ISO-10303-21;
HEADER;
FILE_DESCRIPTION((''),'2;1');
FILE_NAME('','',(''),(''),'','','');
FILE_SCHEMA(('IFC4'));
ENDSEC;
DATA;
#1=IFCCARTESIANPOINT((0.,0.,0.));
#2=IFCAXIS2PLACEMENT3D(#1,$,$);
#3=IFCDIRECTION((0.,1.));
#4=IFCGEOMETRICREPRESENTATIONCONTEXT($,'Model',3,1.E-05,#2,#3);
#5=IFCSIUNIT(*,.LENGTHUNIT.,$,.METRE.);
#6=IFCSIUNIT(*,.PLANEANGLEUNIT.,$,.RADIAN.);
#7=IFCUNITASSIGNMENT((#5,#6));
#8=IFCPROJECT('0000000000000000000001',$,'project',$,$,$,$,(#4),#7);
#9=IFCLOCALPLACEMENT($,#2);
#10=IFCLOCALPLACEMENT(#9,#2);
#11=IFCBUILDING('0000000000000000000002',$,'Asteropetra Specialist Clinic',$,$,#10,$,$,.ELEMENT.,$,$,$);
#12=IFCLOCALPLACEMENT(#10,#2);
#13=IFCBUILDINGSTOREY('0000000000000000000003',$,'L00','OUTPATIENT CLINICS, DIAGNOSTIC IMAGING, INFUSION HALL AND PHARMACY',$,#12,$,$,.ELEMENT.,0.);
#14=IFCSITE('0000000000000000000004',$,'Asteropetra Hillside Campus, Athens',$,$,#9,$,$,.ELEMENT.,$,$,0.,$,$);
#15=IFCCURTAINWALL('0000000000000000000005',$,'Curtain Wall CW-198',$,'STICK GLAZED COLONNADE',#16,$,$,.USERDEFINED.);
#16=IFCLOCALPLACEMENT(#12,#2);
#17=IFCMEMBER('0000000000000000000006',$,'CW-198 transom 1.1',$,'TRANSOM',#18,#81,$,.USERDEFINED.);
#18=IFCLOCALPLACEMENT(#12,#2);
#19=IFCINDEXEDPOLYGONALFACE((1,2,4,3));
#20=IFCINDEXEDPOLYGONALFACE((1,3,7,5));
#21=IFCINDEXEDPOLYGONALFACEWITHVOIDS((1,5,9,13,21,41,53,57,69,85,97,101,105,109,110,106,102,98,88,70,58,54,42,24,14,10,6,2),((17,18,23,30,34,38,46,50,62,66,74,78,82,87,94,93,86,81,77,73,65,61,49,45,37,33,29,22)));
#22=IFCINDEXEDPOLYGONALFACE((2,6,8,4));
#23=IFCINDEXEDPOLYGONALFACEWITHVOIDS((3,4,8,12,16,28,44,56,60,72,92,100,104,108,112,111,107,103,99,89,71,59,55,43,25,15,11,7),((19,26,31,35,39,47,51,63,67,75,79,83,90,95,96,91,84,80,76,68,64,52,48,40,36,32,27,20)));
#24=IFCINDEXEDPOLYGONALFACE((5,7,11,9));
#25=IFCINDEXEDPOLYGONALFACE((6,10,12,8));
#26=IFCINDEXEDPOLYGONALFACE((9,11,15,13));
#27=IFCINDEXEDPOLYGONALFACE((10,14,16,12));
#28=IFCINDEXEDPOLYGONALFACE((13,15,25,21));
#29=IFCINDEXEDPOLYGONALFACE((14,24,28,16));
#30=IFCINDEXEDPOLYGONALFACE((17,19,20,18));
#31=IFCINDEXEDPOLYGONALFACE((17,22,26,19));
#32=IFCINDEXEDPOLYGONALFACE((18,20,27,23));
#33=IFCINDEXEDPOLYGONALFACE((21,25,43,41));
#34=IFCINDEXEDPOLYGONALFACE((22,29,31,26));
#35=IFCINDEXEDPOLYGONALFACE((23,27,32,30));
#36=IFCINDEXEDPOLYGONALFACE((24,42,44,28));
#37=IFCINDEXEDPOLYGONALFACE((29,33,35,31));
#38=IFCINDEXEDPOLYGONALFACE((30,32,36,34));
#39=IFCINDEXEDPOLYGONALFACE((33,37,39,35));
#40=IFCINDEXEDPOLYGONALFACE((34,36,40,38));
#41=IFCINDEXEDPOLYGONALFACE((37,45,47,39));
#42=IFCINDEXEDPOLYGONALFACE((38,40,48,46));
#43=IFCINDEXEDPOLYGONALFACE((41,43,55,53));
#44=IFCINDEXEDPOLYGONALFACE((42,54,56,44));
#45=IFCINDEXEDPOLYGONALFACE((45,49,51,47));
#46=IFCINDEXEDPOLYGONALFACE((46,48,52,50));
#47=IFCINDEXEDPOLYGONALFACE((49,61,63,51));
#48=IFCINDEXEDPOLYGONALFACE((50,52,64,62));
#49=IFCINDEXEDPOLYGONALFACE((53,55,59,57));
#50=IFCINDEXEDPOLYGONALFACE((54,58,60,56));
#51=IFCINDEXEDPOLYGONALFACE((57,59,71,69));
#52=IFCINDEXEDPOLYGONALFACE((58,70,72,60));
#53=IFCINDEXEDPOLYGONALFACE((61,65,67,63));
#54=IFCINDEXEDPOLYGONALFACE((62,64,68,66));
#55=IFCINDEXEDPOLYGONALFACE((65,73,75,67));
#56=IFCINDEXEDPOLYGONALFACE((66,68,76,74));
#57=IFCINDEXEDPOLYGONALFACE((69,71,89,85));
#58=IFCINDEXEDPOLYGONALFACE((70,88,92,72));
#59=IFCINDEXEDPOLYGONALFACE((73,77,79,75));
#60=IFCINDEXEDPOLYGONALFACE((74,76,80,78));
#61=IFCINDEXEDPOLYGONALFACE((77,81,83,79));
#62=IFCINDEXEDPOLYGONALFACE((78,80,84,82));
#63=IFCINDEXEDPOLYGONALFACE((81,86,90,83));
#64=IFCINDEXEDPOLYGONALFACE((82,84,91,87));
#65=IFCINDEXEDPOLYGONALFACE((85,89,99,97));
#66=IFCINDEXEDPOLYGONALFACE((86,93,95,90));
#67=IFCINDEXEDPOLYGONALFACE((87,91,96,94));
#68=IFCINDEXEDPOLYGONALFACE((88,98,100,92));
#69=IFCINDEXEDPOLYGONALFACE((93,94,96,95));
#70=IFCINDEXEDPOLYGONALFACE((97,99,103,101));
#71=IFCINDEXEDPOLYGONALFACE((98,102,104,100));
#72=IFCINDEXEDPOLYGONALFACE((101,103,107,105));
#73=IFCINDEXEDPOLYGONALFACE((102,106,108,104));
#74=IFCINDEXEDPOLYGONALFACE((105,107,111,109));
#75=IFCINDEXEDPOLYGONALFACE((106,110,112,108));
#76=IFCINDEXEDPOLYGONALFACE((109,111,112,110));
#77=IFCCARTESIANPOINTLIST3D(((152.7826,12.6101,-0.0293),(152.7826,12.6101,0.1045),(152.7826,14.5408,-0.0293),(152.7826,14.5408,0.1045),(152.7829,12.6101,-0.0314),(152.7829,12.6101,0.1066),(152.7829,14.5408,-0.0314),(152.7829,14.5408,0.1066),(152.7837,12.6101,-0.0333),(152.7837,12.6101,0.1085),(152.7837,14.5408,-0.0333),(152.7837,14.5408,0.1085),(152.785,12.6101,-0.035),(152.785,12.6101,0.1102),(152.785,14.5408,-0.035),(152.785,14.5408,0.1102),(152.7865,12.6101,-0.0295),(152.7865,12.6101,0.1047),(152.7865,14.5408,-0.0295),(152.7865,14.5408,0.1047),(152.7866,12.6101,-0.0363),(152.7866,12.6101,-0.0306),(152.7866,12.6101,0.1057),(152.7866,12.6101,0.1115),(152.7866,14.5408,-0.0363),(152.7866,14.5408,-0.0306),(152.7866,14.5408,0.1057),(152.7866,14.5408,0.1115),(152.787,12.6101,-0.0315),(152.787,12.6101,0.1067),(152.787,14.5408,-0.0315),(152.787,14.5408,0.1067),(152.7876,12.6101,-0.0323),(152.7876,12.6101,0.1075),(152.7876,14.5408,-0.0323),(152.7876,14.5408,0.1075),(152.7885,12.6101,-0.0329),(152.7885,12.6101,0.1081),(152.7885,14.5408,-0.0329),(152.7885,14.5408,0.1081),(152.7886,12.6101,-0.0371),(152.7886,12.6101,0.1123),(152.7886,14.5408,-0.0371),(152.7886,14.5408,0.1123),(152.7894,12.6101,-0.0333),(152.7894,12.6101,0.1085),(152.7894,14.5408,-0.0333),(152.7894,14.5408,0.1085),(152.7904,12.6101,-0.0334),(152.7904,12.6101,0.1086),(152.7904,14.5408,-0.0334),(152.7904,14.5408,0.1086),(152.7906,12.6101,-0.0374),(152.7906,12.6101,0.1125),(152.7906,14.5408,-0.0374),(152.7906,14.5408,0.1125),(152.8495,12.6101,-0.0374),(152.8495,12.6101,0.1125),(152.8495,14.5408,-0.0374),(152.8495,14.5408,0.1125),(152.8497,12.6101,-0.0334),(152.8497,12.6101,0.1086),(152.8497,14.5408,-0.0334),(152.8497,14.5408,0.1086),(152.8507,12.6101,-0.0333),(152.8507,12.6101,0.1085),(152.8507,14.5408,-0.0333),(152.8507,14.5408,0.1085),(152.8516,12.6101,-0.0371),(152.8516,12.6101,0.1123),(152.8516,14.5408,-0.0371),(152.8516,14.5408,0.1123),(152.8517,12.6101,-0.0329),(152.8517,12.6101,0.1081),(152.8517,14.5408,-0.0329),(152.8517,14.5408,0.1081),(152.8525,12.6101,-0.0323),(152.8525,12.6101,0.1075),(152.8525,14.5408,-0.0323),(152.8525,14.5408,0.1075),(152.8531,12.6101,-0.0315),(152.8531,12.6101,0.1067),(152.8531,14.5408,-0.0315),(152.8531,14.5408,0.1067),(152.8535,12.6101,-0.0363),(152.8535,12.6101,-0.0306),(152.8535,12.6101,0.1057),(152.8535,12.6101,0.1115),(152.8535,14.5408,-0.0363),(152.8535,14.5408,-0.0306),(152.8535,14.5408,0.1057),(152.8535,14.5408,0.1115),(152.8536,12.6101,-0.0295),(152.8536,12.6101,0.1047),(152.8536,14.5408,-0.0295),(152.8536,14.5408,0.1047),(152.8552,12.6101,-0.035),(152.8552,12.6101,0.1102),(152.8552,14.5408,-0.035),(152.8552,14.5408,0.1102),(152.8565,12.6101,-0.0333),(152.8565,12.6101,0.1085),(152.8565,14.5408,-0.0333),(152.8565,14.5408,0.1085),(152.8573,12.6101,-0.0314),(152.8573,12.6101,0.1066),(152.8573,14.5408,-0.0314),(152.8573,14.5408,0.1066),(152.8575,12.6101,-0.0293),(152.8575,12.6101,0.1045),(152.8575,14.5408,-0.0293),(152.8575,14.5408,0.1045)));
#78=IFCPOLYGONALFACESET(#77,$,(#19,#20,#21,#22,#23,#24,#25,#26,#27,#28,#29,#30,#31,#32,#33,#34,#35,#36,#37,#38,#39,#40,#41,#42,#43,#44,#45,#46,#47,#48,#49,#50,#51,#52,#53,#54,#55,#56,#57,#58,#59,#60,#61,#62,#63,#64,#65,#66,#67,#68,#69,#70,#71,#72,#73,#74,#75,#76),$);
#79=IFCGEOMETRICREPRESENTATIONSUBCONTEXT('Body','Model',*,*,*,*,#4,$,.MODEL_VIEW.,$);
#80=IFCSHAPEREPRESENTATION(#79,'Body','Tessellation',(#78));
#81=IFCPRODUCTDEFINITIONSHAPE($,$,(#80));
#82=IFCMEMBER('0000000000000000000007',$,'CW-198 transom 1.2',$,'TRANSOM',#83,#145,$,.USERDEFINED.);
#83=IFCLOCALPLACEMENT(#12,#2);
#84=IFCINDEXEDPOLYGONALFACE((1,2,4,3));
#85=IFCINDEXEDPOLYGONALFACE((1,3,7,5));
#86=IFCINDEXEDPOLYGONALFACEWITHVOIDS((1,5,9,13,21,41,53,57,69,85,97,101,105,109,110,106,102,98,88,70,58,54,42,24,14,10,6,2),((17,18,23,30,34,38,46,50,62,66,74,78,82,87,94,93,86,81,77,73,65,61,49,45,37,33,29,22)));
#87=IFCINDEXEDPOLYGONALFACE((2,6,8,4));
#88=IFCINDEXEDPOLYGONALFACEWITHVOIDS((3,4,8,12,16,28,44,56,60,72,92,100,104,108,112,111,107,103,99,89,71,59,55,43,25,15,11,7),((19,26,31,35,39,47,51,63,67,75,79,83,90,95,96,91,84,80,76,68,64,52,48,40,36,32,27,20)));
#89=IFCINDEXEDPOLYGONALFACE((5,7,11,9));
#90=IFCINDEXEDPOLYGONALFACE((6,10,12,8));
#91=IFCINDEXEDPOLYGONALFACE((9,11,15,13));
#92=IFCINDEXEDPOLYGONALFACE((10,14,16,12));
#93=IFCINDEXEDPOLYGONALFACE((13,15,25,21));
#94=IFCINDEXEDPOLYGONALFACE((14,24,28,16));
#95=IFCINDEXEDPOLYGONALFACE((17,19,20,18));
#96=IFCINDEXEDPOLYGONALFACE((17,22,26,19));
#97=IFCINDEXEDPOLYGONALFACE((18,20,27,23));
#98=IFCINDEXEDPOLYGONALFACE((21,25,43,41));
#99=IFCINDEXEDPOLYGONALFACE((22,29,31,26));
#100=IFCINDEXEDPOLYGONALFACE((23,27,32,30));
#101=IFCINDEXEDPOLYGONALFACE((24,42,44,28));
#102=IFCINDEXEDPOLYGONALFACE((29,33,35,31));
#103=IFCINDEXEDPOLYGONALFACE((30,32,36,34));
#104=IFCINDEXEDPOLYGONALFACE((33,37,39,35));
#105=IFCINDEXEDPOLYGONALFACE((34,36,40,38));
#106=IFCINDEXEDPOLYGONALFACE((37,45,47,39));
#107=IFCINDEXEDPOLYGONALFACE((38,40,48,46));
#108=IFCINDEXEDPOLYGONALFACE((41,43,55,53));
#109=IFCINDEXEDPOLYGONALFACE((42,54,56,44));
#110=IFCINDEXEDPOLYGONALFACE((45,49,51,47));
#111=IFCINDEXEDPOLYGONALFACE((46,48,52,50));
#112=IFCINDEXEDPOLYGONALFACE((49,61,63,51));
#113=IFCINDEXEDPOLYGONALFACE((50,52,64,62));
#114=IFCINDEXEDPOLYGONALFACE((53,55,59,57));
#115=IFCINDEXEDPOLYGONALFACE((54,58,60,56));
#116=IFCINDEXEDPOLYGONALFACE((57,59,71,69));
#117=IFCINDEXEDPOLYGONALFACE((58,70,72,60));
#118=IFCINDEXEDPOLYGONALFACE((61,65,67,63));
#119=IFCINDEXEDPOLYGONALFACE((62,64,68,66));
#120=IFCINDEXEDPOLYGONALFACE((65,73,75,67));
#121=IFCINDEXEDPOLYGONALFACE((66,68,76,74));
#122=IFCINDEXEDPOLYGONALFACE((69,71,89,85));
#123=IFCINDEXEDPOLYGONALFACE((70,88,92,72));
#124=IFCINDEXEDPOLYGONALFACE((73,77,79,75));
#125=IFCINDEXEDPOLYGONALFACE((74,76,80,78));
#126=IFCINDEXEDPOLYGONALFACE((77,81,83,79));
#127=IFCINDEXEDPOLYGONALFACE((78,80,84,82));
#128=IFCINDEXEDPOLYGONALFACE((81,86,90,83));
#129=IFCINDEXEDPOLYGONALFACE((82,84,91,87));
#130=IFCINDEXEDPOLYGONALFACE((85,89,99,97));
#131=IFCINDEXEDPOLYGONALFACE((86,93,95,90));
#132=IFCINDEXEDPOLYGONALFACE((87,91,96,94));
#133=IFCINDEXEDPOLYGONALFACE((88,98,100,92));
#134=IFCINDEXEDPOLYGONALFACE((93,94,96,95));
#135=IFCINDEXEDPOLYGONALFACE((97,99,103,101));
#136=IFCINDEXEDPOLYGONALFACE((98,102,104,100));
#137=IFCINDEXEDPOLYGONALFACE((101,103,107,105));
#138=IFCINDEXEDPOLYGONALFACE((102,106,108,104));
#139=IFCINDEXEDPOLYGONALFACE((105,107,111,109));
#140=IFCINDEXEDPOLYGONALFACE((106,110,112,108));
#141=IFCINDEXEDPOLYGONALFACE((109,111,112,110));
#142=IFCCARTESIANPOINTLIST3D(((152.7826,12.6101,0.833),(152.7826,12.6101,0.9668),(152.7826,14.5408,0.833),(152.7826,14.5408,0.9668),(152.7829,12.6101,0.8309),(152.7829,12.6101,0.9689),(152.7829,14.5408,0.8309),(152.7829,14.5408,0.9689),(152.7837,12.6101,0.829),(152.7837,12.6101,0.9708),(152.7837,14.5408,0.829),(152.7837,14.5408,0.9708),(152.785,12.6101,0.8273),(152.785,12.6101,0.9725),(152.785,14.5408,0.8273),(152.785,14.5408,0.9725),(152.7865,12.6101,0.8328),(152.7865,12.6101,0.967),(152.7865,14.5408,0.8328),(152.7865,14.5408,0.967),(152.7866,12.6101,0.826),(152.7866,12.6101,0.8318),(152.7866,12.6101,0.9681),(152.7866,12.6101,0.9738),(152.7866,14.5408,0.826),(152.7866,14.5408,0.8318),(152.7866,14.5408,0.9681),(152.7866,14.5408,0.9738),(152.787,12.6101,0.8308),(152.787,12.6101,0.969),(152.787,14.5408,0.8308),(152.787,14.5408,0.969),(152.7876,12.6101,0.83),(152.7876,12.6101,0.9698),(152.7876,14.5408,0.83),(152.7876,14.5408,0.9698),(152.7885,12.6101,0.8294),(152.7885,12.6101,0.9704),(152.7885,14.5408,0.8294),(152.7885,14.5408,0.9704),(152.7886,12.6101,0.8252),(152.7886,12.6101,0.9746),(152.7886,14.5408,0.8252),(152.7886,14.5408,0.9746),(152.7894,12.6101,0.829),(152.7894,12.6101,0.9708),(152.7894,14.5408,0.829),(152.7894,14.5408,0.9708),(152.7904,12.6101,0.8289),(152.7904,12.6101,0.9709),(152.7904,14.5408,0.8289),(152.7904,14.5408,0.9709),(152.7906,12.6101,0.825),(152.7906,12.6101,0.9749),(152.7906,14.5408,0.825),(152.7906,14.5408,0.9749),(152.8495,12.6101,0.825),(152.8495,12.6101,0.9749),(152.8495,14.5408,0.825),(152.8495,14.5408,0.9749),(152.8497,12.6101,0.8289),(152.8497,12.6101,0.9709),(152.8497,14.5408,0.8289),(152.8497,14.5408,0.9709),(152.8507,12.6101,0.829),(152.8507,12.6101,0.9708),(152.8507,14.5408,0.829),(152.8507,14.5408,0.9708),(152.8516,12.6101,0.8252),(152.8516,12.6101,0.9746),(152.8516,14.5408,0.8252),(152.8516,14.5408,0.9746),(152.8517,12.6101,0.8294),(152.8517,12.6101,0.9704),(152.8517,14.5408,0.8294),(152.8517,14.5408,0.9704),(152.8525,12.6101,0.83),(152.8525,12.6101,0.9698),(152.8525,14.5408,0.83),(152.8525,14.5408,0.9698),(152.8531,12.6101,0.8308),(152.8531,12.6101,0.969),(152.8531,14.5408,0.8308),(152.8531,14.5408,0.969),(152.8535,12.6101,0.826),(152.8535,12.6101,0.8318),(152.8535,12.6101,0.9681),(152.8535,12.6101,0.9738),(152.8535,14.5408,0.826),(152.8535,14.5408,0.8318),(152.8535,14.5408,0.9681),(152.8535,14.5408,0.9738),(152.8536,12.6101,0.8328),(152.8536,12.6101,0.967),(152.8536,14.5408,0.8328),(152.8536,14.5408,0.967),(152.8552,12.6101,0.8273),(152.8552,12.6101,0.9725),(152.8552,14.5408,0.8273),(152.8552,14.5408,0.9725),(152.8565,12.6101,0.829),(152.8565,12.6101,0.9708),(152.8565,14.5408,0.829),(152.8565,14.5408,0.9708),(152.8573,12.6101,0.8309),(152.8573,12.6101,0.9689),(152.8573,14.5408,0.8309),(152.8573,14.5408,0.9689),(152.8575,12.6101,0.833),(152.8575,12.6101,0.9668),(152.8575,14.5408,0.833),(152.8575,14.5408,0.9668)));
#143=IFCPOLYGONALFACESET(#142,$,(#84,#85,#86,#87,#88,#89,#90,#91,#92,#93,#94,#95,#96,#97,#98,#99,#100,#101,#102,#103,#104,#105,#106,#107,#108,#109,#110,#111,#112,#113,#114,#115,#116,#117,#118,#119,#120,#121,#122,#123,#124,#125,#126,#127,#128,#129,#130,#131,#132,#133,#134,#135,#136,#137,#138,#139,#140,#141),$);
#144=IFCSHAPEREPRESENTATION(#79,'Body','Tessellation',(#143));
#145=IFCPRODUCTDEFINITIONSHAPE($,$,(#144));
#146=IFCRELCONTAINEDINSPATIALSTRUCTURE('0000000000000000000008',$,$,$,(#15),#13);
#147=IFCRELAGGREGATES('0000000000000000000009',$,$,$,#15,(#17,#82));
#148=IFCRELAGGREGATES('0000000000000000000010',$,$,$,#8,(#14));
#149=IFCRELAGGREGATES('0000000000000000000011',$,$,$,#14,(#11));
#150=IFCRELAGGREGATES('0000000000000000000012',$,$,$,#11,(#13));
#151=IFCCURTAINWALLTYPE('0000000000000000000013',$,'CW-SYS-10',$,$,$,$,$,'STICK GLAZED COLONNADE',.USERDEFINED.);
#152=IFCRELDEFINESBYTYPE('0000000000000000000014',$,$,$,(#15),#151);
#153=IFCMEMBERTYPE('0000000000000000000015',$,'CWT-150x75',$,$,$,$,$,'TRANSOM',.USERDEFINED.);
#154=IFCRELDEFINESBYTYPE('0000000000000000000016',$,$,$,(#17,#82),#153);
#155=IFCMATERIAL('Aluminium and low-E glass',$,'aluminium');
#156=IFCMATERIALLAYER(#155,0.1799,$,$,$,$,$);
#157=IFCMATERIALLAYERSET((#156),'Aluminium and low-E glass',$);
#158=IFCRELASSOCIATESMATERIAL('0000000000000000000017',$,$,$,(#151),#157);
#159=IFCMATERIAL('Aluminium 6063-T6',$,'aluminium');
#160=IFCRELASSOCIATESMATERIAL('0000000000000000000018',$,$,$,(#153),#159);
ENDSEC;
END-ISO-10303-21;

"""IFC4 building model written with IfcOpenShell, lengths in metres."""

from ifc_helpers import new_model, si_unit, direction, frame, origin, origin_2d, place, context, subcontext, project, spatial, hollow_rectangle, extrude, material, layer, layer_set, material_profile, profile_set, type_object, element, aggregate, save


model = new_model("IFC4")

# Units and contexts
model_context = context("Model", 3, precision=1e-05, world=origin(), true_north=direction((0.0, 1.0)))
body_context = subcontext(model_context, "Body", "Model", "MODEL_VIEW")
ifc_project = project(units=[si_unit("LENGTHUNIT", "METRE"), si_unit("PLANEANGLEUNIT", "RADIAN")], contexts=[model_context])

# Site, building, storey
site_placement = place(None, origin())
site = spatial("IfcSite", under=ifc_project, at=site_placement, Name="Asteropetra Hillside Campus, Athens", CompositionType="ELEMENT", RefElevation=0.0)
building_placement = place(site_placement, origin())
building = spatial("IfcBuilding", under=site, at=building_placement, Name="Asteropetra Specialist Clinic", CompositionType="ELEMENT")
storey_placement = place(building_placement, origin())
storey = spatial("IfcBuildingStorey", under=building, at=storey_placement, Name="L00", Description="OUTPATIENT CLINICS, DIAGNOSTIC IMAGING, INFUSION HALL AND PHARMACY", CompositionType="ELEMENT", Elevation=0.0)

# Shared definitions
ifc_material_1 = material(Name="Aluminium and low-E glass", Category="aluminium")
ifc_layer_1 = layer(ifc_material_1, 0.1799)
ifc_layer_set_1 = layer_set([ifc_layer_1], Name="Aluminium and low-E glass")
curtain_wall_type = type_object("IfcCurtainWallType", Name="CW-SYS-10", ElementType="STICK GLAZED COLONNADE", PredefinedType="USERDEFINED", material=ifc_layer_set_1)

# Curtain wall, members
curtain_wall_1_placement = place(storey_placement, origin())
curtain_wall_1 = element("IfcCurtainWall", 1, at=curtain_wall_1_placement, inside=storey, type_object=curtain_wall_type, Name="Curtain Wall CW-198", ObjectType="STICK GLAZED COLONNADE", PredefinedType="USERDEFINED")
ifc_material_2 = material(Name="Aluminium 6063-T6", Category="aluminium")
ifc_material_profile_1 = material_profile(ifc_material_2, hollow_rectangle(XDim=0.075, YDim=0.1499, WallThickness=0.0039, InnerFilletRadius=0.0039, OuterFilletRadius=0.0081, at=origin_2d()), Name="TRN 150x75x4.0")
ifc_profile_set_1 = profile_set([ifc_material_profile_1], Name="Aluminium 6063-T6")
member_type_1 = type_object("IfcMemberType", Name="CWT-150x75", ElementType="TRANSOM", PredefinedType="USERDEFINED", material=ifc_profile_set_1)
member_1_placement = place(storey_placement, frame((152.8201, 12.6101, 0.0376), z_axis=(0.0, 1.0, 0.0), x_axis=(-1.0, 0.0, 0.0)))
member_1 = element("IfcMember", 2, at=member_1_placement, type_object=member_type_1, Name="CW-198 transom 1.1", ObjectType="TRANSOM", PredefinedType="USERDEFINED", context=body_context, shape_type="SweptSolid", body=[
    extrude(hollow_rectangle(XDim=0.075, YDim=0.1499, WallThickness=0.0039, InnerFilletRadius=0.0039, OuterFilletRadius=0.0081, at=origin_2d()), origin(), (0.0, 0.0, 1.0), 1.9307),
])
member_2_placement = place(storey_placement, frame((152.8201, 12.6101, 0.8999), z_axis=(0.0, 1.0, 0.0), x_axis=(-1.0, 0.0, 0.0)))
member_2 = element("IfcMember", 3, at=member_2_placement, type_object=member_type_1, Name="CW-198 transom 1.2", ObjectType="TRANSOM", PredefinedType="USERDEFINED", context=body_context, shape_type="SweptSolid", body=[
    extrude(hollow_rectangle(XDim=0.075, YDim=0.1499, WallThickness=0.0039, InnerFilletRadius=0.0039, OuterFilletRadius=0.0081, at=origin_2d()), origin(), (0.0, 0.0, 1.0), 1.9307),
])
aggregate(curtain_wall_1, [member_1, member_2])

save(model, "model.ifc")
